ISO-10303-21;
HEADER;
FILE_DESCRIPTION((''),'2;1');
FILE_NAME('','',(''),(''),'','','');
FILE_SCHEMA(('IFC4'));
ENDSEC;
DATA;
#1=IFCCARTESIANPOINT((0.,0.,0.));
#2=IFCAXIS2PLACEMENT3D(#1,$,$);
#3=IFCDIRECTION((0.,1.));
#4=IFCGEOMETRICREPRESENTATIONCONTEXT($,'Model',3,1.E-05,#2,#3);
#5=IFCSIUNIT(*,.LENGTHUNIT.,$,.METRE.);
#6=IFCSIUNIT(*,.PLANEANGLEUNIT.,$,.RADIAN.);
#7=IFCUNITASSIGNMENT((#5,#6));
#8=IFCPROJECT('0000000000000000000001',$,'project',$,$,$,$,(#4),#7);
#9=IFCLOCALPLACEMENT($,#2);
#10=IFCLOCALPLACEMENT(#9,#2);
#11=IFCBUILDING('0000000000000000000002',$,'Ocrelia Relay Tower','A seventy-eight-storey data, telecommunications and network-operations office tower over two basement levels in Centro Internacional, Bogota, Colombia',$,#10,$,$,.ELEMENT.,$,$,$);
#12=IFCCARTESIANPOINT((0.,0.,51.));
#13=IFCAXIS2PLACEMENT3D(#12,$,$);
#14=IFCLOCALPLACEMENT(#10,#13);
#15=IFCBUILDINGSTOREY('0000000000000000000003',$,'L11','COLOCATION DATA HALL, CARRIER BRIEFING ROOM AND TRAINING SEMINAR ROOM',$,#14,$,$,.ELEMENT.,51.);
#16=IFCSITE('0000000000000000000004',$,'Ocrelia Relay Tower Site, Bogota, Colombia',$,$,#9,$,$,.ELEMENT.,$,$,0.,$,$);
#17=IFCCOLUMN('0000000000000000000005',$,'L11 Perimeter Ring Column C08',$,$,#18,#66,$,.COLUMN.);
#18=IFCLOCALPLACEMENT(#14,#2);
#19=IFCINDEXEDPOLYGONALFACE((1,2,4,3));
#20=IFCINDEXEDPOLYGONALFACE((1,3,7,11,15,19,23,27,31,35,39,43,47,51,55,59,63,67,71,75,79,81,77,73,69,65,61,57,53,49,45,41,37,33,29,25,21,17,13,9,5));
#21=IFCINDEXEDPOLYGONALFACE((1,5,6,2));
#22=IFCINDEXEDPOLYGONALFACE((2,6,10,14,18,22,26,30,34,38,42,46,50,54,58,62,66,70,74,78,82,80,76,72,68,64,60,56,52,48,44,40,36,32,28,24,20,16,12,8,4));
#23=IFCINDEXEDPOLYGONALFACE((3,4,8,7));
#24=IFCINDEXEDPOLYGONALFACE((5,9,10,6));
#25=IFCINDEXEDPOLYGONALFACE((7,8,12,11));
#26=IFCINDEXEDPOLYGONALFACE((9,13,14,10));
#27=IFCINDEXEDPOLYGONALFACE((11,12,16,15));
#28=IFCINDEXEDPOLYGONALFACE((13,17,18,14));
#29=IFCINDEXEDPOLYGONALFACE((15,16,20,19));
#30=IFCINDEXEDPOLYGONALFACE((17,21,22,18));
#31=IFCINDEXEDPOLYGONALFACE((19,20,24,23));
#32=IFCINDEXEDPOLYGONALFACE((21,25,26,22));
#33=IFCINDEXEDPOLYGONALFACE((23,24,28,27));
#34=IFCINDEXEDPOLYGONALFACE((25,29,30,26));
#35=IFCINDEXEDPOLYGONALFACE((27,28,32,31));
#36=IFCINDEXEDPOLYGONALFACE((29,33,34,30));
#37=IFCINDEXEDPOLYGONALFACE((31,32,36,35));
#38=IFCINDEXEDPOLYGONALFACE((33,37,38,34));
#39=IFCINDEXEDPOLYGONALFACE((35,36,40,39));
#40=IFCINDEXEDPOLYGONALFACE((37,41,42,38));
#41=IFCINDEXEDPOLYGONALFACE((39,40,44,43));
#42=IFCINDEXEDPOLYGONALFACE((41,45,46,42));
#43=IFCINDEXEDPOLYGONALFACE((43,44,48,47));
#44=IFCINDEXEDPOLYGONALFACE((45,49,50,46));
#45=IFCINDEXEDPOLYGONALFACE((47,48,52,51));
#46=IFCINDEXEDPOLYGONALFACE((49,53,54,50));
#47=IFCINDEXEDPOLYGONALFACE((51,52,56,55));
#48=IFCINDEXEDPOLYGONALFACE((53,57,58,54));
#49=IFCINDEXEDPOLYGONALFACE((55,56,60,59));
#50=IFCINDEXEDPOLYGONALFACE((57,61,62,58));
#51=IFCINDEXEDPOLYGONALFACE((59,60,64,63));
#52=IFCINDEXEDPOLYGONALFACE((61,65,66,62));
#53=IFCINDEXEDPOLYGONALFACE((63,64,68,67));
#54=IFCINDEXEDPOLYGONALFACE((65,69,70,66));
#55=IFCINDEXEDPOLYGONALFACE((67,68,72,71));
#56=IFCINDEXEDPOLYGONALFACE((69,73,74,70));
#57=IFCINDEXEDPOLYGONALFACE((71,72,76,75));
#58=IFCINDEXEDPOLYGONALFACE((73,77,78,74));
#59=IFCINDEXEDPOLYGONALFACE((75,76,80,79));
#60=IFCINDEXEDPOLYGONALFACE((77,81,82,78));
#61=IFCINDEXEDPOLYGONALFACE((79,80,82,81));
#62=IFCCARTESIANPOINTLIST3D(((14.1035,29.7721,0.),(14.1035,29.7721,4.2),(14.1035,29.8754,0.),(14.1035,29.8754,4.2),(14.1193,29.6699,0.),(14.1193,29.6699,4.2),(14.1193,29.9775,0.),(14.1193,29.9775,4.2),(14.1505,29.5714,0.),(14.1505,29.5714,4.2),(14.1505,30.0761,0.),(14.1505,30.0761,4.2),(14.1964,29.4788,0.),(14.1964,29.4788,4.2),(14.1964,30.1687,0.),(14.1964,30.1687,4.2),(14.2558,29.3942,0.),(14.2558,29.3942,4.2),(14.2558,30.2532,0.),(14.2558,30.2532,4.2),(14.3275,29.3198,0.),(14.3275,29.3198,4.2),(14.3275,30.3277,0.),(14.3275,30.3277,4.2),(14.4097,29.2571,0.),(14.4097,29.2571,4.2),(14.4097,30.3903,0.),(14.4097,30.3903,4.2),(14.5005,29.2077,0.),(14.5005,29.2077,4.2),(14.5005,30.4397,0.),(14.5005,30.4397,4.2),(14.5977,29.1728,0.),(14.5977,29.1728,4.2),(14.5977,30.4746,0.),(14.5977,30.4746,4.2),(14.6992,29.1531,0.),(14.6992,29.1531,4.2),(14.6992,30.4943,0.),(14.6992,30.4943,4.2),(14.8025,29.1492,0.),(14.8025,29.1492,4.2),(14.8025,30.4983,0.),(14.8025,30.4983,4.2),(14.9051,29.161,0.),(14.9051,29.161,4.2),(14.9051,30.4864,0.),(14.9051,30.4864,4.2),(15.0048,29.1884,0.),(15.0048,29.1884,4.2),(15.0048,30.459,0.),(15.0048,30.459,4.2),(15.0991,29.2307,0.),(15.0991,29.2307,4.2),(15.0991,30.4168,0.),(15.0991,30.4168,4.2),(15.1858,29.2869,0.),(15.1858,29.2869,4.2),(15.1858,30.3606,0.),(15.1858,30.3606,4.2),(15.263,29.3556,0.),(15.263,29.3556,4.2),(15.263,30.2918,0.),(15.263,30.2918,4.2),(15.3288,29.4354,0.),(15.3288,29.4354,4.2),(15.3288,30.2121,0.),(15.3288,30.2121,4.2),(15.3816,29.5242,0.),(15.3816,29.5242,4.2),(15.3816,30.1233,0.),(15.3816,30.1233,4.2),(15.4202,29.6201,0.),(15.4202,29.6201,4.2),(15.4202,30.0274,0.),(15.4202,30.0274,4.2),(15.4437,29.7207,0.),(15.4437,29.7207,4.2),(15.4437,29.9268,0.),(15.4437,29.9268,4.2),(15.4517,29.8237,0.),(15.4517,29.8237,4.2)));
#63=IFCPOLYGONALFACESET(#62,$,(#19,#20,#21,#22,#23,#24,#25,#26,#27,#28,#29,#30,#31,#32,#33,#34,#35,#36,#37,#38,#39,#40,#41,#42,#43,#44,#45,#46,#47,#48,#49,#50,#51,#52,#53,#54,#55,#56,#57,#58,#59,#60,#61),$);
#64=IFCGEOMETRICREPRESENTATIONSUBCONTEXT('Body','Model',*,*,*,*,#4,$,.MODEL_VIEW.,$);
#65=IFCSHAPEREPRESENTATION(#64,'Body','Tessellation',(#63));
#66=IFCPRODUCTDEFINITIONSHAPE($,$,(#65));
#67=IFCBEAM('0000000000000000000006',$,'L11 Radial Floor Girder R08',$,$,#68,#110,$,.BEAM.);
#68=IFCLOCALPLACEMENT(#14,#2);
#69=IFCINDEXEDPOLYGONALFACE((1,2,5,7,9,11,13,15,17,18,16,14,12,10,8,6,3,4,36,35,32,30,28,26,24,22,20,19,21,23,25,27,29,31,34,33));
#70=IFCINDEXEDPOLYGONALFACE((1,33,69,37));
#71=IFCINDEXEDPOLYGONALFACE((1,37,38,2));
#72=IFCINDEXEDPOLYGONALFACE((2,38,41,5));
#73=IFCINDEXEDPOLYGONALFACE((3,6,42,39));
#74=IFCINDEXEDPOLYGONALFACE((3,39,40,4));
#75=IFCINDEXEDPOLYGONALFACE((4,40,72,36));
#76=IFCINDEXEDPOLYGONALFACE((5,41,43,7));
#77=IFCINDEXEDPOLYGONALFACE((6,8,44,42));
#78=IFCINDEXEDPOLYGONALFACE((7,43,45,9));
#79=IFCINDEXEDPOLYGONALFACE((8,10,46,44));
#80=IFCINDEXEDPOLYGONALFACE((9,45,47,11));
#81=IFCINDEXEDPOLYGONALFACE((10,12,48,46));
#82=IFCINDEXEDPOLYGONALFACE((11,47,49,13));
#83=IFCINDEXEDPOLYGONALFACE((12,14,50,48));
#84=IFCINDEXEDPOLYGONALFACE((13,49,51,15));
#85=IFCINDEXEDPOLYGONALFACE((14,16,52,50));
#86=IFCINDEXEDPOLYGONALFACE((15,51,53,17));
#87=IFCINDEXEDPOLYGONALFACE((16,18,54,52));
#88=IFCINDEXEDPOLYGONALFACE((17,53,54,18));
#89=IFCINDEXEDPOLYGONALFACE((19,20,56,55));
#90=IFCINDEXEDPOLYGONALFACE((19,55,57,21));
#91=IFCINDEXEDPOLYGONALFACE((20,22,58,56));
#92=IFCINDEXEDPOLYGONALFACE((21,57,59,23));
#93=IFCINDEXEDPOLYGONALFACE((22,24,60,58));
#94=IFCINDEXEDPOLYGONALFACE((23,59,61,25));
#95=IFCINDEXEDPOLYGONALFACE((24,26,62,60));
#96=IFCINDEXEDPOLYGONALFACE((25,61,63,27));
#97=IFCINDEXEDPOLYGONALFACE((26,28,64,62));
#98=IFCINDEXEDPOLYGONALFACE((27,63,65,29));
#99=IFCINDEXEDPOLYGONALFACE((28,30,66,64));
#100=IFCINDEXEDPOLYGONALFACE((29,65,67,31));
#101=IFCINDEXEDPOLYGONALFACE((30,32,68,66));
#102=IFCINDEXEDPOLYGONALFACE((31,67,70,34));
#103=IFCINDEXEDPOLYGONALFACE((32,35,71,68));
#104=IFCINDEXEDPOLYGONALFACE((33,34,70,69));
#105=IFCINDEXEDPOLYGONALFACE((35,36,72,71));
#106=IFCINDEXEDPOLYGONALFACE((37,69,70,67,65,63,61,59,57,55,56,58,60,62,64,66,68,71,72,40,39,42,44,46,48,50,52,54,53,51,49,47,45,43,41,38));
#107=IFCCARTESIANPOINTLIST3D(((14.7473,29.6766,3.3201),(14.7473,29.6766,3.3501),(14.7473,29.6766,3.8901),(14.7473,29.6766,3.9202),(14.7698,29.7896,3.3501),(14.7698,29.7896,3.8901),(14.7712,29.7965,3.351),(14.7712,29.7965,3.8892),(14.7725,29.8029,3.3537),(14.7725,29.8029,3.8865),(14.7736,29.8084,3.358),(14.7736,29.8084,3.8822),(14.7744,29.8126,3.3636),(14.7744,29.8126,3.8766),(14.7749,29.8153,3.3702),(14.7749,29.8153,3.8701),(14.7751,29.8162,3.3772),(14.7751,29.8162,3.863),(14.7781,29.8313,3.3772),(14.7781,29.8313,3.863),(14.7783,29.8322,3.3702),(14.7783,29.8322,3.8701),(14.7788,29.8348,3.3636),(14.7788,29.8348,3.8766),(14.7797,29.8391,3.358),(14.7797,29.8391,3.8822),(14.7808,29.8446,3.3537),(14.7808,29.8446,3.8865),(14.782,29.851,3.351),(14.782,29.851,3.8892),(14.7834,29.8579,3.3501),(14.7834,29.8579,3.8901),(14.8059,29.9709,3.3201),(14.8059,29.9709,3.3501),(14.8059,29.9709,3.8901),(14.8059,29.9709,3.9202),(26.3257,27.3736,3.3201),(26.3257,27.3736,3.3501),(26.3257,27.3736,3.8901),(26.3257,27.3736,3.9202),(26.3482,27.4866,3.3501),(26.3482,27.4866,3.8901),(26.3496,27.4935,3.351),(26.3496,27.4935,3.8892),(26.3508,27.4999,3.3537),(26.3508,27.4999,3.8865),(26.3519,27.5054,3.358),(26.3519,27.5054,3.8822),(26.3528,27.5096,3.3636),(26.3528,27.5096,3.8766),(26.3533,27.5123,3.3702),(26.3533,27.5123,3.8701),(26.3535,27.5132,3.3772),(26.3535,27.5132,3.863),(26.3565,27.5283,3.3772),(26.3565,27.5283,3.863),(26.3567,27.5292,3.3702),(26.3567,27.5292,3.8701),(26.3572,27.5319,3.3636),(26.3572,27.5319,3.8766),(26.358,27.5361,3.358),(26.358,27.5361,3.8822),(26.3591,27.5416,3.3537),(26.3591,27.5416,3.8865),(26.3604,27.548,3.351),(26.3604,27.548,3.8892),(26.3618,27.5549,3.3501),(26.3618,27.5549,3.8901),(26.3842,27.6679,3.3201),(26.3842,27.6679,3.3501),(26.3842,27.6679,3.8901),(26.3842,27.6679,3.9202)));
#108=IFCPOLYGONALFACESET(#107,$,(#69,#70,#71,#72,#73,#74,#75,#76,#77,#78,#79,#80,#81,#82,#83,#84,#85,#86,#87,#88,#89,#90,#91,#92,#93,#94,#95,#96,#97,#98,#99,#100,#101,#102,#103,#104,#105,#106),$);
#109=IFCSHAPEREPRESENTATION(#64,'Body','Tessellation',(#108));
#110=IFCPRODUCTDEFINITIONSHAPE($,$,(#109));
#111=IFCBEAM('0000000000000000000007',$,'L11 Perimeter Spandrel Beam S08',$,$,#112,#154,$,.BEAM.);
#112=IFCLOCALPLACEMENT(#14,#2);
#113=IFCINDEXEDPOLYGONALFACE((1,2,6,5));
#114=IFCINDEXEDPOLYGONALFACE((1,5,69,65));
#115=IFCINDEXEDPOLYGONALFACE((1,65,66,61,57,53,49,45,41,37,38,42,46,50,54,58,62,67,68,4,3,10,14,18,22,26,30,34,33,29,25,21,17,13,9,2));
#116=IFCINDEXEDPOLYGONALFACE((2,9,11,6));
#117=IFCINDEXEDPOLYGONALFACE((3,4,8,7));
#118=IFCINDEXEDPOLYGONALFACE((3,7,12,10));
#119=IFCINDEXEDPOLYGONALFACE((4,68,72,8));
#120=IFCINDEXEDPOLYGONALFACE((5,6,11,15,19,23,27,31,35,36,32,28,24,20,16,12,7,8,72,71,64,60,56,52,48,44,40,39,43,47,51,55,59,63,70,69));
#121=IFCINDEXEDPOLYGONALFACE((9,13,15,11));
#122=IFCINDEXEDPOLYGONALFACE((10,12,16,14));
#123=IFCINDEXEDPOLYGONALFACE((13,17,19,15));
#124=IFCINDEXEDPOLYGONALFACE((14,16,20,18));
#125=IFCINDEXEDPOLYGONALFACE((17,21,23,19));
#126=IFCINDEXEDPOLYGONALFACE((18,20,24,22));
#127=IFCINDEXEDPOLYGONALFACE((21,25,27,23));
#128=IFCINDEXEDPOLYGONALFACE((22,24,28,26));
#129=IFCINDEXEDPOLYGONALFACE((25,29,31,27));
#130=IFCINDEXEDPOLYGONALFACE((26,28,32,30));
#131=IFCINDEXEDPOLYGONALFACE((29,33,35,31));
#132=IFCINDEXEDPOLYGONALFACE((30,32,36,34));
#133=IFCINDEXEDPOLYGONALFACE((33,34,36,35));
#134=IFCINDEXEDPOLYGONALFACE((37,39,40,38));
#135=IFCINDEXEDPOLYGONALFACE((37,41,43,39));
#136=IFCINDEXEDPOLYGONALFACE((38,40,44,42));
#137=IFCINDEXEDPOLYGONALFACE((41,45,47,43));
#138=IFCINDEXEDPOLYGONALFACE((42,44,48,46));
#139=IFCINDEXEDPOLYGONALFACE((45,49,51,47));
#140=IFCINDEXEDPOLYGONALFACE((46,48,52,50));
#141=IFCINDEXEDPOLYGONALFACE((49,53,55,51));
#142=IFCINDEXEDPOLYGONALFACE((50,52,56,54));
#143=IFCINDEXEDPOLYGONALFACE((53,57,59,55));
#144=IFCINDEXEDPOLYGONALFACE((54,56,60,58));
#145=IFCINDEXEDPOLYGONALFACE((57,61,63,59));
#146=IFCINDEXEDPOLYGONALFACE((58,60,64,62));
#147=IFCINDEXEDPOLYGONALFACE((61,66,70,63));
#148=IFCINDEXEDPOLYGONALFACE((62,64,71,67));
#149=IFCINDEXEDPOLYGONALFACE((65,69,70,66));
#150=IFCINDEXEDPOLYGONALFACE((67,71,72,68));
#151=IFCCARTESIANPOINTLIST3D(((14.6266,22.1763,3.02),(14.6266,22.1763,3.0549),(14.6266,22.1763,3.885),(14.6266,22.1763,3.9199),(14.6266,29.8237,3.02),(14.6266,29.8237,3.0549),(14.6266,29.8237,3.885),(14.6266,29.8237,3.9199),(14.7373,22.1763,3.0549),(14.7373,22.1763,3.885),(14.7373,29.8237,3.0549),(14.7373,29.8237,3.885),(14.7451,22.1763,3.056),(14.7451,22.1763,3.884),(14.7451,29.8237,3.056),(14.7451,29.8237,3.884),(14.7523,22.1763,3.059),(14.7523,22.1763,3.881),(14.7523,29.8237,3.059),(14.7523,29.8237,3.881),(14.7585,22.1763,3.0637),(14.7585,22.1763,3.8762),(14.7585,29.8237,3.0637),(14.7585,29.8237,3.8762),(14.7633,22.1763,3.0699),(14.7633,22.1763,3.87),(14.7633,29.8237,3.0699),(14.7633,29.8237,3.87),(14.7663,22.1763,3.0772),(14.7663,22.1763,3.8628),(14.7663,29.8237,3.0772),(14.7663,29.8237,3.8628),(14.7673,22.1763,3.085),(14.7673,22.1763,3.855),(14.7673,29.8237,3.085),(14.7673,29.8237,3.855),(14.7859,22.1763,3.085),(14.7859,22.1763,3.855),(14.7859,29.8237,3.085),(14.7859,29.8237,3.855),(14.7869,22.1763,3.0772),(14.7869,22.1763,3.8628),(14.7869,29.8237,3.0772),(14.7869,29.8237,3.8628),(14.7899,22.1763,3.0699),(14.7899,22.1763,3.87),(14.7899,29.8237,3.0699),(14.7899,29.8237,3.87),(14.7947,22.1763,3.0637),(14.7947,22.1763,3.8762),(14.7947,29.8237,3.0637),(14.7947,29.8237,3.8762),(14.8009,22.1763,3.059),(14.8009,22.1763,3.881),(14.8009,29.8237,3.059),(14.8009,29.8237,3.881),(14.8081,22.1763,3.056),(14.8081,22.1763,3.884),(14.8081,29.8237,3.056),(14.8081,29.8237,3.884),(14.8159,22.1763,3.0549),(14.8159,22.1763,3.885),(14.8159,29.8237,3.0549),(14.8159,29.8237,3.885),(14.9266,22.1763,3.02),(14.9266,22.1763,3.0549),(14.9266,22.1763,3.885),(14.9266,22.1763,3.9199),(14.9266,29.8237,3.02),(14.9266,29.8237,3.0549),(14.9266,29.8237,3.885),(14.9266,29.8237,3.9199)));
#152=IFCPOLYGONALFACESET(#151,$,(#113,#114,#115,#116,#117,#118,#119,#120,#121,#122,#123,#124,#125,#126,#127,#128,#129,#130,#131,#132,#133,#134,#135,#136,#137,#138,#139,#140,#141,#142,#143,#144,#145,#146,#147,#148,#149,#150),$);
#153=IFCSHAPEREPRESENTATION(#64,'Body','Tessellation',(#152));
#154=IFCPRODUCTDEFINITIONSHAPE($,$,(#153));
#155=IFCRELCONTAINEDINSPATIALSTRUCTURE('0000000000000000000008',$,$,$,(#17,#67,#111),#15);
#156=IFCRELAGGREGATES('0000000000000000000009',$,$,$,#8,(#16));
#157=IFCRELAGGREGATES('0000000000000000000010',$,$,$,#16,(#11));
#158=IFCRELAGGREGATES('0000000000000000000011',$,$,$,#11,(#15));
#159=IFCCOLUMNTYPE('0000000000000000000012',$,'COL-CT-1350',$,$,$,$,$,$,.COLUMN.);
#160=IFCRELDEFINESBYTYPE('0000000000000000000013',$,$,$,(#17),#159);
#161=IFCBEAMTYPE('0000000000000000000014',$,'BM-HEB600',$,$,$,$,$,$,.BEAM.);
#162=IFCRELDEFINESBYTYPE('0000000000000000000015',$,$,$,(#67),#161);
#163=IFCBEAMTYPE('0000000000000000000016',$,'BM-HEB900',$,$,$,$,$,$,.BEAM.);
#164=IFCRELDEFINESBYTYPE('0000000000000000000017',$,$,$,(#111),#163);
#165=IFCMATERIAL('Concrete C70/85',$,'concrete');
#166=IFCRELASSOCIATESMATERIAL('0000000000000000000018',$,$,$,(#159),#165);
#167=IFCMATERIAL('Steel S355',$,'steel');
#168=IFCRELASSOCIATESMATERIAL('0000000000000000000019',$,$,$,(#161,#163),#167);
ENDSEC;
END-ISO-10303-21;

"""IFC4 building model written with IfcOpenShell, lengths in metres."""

from ifc_helpers import new_model, si_unit, direction, frame, origin, origin_2d, place, context, subcontext, project, spatial, circle, i_section, extrude, material, material_profile, profile_set, type_object, element, save


model = new_model("IFC4")

# Units and contexts
model_context = context("Model", 3, precision=1e-05, world=origin(), true_north=direction((0.0, 1.0)))
body_context = subcontext(model_context, "Body", "Model", "MODEL_VIEW")
ifc_project = project(units=[si_unit("LENGTHUNIT", "METRE"), si_unit("PLANEANGLEUNIT", "RADIAN")], contexts=[model_context])

# Site, building, storey
site_placement = place(None, origin())
site = spatial("IfcSite", under=ifc_project, at=site_placement, Name="Ocrelia Relay Tower Site, Bogota, Colombia", CompositionType="ELEMENT", RefElevation=0.0)
building_placement = place(site_placement, origin())
building = spatial("IfcBuilding", under=site, at=building_placement, Name="Ocrelia Relay Tower", Description="A seventy-eight-storey data, telecommunications and network-operations office tower over two basement levels in Centro Internacional, Bogota, Colombia", CompositionType="ELEMENT")
storey_placement = place(building_placement, frame((0.0, 0.0, 51.0)))
storey = spatial("IfcBuildingStorey", under=building, at=storey_placement, Name="L11", Description="COLOCATION DATA HALL, CARRIER BRIEFING ROOM AND TRAINING SEMINAR ROOM", CompositionType="ELEMENT", Elevation=51.0)

# Column
ifc_material_1 = material(Name="Concrete C70/85", Category="concrete")
ifc_material_profile_1 = material_profile(ifc_material_1, circle(Radius=0.675, at=origin_2d()), Name="RC-CIR-1350")
ifc_profile_set_1 = profile_set([ifc_material_profile_1], Name="Concrete C70/85")
column_type = type_object("IfcColumnType", Name="COL-CT-1350", PredefinedType="COLUMN", material=ifc_profile_set_1)
column_placement = place(storey_placement, frame((14.7766, 29.8237, 0.0), z_axis=(0.0, 0.0, 1.0), x_axis=(1.0, 0.0, 0.0)))
element("IfcColumn", 1, at=column_placement, inside=storey, type_object=column_type, Name="L11 Perimeter Ring Column C08", PredefinedType="COLUMN", context=body_context, shape_type="SweptSolid", body=[
    extrude(circle(Radius=0.675, at=origin_2d()), origin(), (0.0, 0.0, 1.0), 4.2),
])

# Beams
ifc_material_2 = material(Name="Steel S355", Category="steel")
ifc_material_profile_2 = material_profile(ifc_material_2, i_section(OverallWidth=0.3, OverallDepth=0.6001, WebThickness=0.0154, FlangeThickness=0.03, FilletRadius=0.0271, at=origin_2d()), Name="HEB 600")
ifc_profile_set_2 = profile_set([ifc_material_profile_2], Name="Steel S355")
beam_type_1 = type_object("IfcBeamType", Name="BM-HEB600", PredefinedType="BEAM", material=ifc_profile_set_2)
beam_1_placement = place(storey_placement, frame((14.7766, 29.8237, 3.6201), z_axis=(0.980787, -0.195082, 0.0), x_axis=(0.195082, 0.980787, 0.0)))
element("IfcBeam", 2, at=beam_1_placement, inside=storey, type_object=beam_type_1, Name="L11 Radial Floor Girder R08", PredefinedType="BEAM", context=body_context, shape_type="SweptSolid", body=[
    extrude(i_section(OverallWidth=0.3, OverallDepth=0.6001, WebThickness=0.0154, FlangeThickness=0.03, FilletRadius=0.0271, at=origin_2d()), origin(), (0.0, 0.0, 1.0), 11.8052),
])
ifc_material_profile_3 = material_profile(ifc_material_2, i_section(OverallWidth=0.3, OverallDepth=0.8999, WebThickness=0.0186, FlangeThickness=0.0349, FilletRadius=0.03, at=origin_2d()), Name="HEB 900")
ifc_profile_set_3 = profile_set([ifc_material_profile_3], Name="Steel S355")
beam_type_2 = type_object("IfcBeamType", Name="BM-HEB900", PredefinedType="BEAM", material=ifc_profile_set_3)
beam_2_placement = place(storey_placement, frame((14.7766, 29.8237, 3.47), z_axis=(0.0, -1.0, 0.0), x_axis=(1.0, 0.0, 0.0)))
element("IfcBeam", 3, at=beam_2_placement, inside=storey, type_object=beam_type_2, Name="L11 Perimeter Spandrel Beam S08", PredefinedType="BEAM", context=body_context, shape_type="SweptSolid", body=[
    extrude(i_section(OverallWidth=0.3, OverallDepth=0.8999, WebThickness=0.0186, FlangeThickness=0.0349, FilletRadius=0.03, at=origin_2d()), origin(), (0.0, 0.0, 1.0), 7.6475),
])

save(model, "model.ifc")
